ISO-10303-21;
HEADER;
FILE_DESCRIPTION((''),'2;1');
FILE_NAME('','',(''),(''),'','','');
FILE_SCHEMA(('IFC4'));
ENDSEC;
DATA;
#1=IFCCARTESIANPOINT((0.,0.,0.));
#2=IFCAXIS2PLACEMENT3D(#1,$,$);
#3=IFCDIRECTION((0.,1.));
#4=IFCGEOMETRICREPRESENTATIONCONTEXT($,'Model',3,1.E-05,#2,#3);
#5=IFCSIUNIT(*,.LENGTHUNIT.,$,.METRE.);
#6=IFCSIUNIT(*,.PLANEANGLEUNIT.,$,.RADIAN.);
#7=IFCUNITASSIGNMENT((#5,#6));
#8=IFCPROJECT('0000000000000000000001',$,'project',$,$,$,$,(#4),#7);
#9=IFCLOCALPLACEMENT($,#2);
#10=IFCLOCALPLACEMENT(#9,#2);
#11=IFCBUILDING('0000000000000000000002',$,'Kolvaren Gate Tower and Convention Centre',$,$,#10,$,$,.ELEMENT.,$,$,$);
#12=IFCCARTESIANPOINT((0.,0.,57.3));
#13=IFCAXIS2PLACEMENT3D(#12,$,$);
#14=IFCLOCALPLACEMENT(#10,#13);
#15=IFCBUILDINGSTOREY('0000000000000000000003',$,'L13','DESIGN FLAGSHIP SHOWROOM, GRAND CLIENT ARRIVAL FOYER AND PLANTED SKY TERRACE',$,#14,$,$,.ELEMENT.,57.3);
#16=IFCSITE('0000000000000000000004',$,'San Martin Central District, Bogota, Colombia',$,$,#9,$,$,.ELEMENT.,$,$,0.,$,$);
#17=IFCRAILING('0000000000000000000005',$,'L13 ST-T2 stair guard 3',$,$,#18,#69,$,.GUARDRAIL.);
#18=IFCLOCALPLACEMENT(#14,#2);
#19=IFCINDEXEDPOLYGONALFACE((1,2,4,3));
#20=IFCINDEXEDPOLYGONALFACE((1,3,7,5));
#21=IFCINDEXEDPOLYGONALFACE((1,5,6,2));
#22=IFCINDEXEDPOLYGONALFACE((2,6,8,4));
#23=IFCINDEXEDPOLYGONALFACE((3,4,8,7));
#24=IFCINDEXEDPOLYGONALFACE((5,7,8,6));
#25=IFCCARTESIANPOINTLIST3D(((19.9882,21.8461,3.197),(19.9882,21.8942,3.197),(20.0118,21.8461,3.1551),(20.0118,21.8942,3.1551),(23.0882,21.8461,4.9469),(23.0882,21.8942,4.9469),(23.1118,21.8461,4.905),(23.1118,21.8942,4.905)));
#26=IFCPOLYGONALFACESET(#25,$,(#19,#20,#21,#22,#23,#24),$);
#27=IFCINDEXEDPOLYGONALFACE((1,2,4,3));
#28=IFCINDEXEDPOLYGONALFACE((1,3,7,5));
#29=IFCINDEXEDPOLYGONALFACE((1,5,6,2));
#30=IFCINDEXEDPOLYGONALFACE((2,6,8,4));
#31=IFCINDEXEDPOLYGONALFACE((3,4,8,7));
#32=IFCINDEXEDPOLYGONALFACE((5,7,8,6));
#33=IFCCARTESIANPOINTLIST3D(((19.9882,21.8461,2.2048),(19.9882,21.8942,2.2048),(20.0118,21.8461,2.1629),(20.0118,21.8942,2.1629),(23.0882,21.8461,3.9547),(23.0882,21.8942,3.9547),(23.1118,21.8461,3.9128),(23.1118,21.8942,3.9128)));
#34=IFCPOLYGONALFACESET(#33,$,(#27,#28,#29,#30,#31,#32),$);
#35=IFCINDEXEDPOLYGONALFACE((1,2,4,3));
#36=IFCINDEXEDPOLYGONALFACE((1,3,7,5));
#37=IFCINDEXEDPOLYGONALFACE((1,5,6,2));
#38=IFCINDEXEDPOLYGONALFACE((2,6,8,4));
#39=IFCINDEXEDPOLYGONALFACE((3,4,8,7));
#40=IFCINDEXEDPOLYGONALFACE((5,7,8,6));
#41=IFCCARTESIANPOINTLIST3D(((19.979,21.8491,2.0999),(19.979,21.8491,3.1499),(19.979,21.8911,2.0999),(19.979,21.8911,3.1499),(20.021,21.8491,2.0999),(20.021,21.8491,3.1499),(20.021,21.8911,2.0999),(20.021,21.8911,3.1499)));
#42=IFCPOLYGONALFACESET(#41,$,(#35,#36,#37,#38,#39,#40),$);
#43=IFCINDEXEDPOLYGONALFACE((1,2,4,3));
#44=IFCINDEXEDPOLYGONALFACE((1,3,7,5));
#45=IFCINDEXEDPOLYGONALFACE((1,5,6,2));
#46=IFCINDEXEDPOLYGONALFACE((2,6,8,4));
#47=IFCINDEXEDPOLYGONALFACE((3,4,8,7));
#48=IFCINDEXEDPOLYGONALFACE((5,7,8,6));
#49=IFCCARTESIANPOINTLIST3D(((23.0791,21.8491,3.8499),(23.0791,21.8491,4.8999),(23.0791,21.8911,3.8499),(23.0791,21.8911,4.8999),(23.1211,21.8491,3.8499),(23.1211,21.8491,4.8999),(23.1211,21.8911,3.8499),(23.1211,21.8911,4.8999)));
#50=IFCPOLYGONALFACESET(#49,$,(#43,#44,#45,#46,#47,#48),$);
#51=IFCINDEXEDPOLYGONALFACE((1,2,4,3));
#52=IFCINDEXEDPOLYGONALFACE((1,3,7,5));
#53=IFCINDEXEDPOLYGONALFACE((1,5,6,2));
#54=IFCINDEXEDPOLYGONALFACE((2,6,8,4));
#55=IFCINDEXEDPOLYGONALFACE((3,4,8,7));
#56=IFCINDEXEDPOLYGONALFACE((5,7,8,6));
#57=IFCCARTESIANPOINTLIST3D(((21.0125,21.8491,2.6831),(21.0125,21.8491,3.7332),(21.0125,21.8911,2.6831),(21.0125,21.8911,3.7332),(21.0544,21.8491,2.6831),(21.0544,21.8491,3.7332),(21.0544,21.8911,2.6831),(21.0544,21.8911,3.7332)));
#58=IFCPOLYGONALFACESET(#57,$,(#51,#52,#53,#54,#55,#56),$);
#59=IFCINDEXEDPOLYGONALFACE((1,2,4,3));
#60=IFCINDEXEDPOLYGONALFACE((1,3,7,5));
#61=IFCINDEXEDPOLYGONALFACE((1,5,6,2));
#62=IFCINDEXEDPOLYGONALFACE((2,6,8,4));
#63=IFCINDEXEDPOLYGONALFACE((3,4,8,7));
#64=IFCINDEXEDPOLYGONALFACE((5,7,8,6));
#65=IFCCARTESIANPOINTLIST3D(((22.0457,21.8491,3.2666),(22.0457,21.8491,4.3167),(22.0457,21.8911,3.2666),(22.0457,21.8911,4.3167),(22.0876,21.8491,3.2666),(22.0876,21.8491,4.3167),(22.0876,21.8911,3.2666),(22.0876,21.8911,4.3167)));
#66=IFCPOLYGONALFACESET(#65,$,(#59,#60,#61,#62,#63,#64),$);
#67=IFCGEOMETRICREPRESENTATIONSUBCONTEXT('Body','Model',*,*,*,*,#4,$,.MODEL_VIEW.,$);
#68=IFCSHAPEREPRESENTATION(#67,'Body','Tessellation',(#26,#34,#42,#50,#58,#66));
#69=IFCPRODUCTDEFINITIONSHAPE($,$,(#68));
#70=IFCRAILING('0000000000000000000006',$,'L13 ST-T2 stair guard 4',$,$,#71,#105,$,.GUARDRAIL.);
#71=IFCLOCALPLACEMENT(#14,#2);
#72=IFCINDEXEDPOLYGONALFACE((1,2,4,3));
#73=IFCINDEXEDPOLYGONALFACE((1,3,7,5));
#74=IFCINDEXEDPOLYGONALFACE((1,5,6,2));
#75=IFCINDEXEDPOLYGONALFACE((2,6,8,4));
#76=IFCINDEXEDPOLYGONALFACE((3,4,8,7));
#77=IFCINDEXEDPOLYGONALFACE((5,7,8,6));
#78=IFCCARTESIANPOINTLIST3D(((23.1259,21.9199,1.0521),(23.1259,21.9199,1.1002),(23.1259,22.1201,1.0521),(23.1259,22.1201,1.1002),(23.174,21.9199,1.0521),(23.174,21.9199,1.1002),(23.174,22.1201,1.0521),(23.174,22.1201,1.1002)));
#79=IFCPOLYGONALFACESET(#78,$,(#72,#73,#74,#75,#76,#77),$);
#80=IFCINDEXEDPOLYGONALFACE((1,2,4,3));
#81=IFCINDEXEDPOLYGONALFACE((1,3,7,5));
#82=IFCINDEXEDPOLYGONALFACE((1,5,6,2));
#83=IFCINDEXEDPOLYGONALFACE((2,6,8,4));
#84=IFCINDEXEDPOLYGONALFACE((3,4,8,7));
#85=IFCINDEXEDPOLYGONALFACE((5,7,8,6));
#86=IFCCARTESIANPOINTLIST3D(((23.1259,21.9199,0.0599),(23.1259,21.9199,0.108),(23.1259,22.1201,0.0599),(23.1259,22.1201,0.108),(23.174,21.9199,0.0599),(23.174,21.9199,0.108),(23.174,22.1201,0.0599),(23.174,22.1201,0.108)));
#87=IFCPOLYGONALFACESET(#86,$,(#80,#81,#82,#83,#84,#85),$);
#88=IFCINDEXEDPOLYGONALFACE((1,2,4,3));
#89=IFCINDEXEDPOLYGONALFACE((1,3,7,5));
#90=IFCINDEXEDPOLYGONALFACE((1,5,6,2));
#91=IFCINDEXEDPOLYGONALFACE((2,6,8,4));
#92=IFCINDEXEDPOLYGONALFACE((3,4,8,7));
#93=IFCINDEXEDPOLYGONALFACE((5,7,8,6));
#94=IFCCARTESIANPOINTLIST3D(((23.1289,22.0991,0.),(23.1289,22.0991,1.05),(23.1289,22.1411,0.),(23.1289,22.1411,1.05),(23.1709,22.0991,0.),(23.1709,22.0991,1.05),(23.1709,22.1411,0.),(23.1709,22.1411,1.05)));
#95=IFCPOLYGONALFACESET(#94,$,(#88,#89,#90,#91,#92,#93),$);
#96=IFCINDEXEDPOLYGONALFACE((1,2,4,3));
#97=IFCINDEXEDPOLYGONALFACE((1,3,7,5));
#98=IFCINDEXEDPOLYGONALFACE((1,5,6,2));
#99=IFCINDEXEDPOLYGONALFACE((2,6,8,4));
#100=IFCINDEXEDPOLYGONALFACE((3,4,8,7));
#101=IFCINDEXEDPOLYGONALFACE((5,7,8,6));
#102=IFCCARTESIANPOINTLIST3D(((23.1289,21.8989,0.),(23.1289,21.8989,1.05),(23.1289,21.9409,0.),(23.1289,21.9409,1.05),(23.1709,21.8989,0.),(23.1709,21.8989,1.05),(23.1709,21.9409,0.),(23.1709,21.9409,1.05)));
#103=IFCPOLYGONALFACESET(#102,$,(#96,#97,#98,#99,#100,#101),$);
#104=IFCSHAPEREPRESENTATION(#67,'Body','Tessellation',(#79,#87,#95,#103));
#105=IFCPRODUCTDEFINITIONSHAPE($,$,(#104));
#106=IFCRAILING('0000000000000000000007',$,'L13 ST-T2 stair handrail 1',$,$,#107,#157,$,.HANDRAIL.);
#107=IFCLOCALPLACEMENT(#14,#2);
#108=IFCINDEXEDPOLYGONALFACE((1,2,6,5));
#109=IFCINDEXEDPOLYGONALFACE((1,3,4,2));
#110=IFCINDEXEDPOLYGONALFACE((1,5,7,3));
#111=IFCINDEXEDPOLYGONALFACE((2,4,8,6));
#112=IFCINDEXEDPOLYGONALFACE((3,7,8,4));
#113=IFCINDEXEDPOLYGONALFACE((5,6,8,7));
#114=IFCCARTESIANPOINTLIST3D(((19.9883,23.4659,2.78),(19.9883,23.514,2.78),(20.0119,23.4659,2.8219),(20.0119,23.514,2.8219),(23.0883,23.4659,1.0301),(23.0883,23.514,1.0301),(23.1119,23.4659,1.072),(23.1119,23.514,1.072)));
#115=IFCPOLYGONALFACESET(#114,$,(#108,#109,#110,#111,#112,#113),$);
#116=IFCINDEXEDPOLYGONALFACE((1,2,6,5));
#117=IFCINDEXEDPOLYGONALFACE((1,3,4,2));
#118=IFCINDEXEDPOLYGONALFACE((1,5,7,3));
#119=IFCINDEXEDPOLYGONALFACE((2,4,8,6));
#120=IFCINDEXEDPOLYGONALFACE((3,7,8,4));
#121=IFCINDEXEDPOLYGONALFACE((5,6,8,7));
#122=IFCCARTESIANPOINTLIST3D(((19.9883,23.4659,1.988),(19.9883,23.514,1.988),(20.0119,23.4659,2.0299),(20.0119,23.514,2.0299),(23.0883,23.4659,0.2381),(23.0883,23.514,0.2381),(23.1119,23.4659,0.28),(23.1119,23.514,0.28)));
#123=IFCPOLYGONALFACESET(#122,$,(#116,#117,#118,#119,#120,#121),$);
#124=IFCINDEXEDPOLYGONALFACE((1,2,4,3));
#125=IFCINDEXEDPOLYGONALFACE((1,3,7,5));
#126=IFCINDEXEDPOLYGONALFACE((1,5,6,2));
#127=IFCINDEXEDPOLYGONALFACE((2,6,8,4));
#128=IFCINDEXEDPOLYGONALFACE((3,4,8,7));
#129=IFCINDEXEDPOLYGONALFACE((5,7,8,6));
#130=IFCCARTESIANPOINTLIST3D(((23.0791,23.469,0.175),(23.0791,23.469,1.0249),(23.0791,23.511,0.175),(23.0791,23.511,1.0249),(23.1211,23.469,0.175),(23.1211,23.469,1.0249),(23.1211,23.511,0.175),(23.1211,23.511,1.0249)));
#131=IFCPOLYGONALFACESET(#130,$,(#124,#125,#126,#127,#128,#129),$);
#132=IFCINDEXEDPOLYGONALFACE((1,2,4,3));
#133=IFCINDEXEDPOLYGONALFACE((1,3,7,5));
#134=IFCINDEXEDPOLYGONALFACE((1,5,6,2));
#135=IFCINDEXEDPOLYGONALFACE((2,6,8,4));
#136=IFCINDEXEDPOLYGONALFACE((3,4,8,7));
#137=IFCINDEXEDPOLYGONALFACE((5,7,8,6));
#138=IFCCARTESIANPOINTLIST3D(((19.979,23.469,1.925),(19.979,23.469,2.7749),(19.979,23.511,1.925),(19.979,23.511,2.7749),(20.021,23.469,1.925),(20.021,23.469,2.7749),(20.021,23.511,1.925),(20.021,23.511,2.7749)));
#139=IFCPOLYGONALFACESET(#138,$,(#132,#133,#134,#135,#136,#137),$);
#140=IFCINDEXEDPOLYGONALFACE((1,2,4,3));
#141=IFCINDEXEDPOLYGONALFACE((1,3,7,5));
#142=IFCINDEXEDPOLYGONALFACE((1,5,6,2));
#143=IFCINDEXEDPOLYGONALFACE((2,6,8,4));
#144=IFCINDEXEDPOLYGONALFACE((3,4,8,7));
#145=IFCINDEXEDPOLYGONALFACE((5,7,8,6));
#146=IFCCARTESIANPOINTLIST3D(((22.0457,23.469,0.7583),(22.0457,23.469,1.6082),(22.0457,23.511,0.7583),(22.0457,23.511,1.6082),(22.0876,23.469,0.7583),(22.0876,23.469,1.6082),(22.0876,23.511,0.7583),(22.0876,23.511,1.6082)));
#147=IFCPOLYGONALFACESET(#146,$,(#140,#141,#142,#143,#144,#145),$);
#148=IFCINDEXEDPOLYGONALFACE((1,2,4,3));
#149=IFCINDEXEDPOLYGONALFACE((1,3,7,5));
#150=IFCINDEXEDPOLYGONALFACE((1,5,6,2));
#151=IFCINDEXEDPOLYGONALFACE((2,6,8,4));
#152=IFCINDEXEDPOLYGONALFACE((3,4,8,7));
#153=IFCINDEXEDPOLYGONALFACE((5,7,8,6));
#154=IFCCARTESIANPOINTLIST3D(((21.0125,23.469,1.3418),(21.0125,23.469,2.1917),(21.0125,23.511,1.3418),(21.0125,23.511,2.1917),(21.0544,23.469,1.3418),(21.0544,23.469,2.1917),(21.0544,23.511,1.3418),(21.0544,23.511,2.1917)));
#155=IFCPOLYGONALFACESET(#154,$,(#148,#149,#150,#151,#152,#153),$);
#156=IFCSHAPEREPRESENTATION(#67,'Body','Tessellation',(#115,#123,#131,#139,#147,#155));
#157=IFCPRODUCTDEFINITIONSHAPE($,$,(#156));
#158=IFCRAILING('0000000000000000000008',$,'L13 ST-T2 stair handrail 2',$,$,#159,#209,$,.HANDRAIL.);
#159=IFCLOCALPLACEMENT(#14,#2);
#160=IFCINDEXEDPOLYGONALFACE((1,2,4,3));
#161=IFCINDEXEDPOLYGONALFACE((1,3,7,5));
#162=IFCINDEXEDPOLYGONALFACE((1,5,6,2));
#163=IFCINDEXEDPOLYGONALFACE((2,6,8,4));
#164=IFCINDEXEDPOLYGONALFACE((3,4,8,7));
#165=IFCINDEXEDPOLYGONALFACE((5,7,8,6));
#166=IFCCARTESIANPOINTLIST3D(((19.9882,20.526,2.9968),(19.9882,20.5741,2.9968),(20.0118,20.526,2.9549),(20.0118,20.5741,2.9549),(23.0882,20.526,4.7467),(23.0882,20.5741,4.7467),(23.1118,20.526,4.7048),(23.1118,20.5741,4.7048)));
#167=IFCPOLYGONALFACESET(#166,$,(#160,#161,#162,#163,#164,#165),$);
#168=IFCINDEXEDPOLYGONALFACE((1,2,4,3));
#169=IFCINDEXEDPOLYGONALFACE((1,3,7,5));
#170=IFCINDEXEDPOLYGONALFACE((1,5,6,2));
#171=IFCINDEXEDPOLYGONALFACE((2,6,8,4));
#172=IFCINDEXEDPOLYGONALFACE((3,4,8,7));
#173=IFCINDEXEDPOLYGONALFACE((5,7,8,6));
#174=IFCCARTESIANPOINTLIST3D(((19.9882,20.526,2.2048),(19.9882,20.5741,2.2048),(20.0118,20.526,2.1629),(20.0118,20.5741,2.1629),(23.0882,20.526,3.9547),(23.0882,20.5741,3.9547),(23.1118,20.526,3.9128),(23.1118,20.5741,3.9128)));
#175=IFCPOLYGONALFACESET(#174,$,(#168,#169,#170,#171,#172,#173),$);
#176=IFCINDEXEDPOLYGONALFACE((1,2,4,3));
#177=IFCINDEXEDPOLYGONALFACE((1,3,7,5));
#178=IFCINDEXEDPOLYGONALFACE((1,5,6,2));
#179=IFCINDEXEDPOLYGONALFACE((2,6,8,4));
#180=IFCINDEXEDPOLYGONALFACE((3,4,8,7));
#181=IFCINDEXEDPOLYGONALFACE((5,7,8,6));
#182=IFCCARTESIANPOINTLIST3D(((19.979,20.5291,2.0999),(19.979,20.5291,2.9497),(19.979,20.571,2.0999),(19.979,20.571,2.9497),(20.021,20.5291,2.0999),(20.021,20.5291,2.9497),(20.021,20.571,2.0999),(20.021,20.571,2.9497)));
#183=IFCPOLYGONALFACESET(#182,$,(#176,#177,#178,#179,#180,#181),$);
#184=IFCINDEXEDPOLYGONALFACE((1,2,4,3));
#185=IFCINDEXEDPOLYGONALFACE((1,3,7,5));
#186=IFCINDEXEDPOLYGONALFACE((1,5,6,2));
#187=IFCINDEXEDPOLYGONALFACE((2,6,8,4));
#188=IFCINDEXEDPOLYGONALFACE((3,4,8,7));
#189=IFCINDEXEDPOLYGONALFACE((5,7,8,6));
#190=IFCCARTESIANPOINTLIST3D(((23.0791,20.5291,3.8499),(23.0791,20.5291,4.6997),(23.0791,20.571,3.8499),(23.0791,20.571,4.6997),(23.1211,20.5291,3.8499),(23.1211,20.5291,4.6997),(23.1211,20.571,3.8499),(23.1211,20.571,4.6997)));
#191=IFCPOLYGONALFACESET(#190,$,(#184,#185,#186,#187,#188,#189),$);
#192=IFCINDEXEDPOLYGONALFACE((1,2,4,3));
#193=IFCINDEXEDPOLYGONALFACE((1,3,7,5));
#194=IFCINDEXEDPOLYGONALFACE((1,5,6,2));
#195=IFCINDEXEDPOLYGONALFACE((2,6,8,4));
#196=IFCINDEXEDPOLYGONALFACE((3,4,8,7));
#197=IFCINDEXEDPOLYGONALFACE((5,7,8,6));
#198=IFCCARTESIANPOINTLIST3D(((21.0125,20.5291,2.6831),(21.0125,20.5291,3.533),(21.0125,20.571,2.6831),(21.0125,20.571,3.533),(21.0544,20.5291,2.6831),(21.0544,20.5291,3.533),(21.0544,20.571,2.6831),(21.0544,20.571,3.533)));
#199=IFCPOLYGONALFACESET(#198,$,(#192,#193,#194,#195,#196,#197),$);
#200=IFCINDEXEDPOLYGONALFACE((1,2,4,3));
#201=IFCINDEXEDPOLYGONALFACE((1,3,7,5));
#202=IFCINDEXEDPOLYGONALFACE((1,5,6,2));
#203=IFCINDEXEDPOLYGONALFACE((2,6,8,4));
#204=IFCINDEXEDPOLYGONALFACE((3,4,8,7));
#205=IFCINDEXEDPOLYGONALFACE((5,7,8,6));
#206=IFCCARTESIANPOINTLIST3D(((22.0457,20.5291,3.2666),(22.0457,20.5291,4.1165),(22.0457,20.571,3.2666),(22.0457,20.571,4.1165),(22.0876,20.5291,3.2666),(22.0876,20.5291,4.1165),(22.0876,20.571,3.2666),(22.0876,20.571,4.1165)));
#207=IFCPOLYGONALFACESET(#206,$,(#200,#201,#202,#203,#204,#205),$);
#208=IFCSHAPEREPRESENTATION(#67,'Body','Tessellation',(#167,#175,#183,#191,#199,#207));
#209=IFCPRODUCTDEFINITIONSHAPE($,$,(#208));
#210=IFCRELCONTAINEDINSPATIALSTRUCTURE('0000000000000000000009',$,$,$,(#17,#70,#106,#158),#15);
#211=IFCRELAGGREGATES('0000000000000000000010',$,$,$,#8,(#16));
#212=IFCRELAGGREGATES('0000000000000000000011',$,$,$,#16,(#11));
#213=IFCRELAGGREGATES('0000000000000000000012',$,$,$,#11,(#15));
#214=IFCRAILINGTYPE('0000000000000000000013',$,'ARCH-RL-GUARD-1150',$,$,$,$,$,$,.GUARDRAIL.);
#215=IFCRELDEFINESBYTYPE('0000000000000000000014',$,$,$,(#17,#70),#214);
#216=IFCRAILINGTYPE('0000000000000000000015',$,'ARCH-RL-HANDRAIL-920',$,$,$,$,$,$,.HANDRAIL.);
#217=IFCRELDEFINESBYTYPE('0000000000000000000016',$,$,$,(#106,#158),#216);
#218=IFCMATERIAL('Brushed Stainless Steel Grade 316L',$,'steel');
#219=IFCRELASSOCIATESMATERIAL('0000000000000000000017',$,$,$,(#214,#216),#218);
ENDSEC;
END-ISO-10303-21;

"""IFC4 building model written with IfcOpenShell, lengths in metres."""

from ifc_helpers import new_model, si_unit, direction, frame, origin, origin_2d, place, context, subcontext, project, spatial, rectangle, extrude, material, type_object, element, save


model = new_model("IFC4")

# Units and contexts
model_context = context("Model", 3, precision=1e-05, world=origin(), true_north=direction((0.0, 1.0)))
body_context = subcontext(model_context, "Body", "Model", "MODEL_VIEW")
ifc_project = project(units=[si_unit("LENGTHUNIT", "METRE"), si_unit("PLANEANGLEUNIT", "RADIAN")], contexts=[model_context])

# Site, building, storey
site_placement = place(None, origin())
site = spatial("IfcSite", under=ifc_project, at=site_placement, Name="San Martin Central District, Bogota, Colombia", CompositionType="ELEMENT", RefElevation=0.0)
building_placement = place(site_placement, origin())
building = spatial("IfcBuilding", under=site, at=building_placement, Name="Kolvaren Gate Tower and Convention Centre", CompositionType="ELEMENT")
storey_placement = place(building_placement, frame((0.0, 0.0, 57.3)))
storey = spatial("IfcBuildingStorey", under=building, at=storey_placement, Name="L13", Description="DESIGN FLAGSHIP SHOWROOM, GRAND CLIENT ARRIVAL FOYER AND PLANTED SKY TERRACE", CompositionType="ELEMENT", Elevation=57.3)

# Shared definitions
ifc_material_1 = material(Name="Brushed Stainless Steel Grade 316L", Category="steel")

# Railings
railing_type_1 = type_object("IfcRailingType", Name="ARCH-RL-GUARD-1150", PredefinedType="GUARDRAIL", material=ifc_material_1)
railing_1_placement = place(storey_placement, frame((20.0, 21.8701, 2.0999)))
element("IfcRailing", 1, at=railing_1_placement, inside=storey, type_object=railing_type_1, Name="L13 ST-T2 stair guard 3", PredefinedType="GUARDRAIL", context=body_context, shape_type="SweptSolid", body=[
    extrude(rectangle(XDim=0.0481, YDim=0.0481, at=origin_2d()), frame((0.0, 0.0, 1.0762), z_axis=(0.870831, 0.0, 0.491583), x_axis=(0.0, 1.0, 0.0)), (0.0, 0.0, 1.0), 3.5598),
    extrude(rectangle(XDim=0.0481, YDim=0.0481, at=origin_2d()), frame((0.0, 0.0, 0.084), z_axis=(0.870831, 0.0, 0.491583), x_axis=(0.0, 1.0, 0.0)), (0.0, 0.0, 1.0), 3.5598),
    extrude(rectangle(XDim=0.042, YDim=0.042, at=origin_2d()), origin(), (0.0, 0.0, 1.0), 1.05),
    extrude(rectangle(XDim=0.042, YDim=0.042, at=origin_2d()), frame((3.1001, 0.0, 1.75)), (0.0, 0.0, 1.0), 1.05),
    extrude(rectangle(XDim=0.042, YDim=0.042, at=origin_2d()), frame((1.0334, 0.0, 0.5833)), (0.0, 0.0, 1.0), 1.05),
    extrude(rectangle(XDim=0.042, YDim=0.042, at=origin_2d()), frame((2.0667, 0.0, 1.1667)), (0.0, 0.0, 1.0), 1.05),
])
railing_2_placement = place(storey_placement, frame((23.1499, 22.1201, 0.0)))
element("IfcRailing", 2, at=railing_2_placement, inside=storey, type_object=railing_type_1, Name="L13 ST-T2 stair guard 4", PredefinedType="GUARDRAIL", context=body_context, shape_type="SweptSolid", body=[
    extrude(rectangle(XDim=0.0481, YDim=0.0481, at=origin_2d()), frame((0.0, 0.0, 1.0762), z_axis=(0.0, -1.0, 0.0), x_axis=(1.0, 0.0, 0.0)), (0.0, 0.0, 1.0), 0.2002),
    extrude(rectangle(XDim=0.0481, YDim=0.0481, at=origin_2d()), frame((0.0, 0.0, 0.084), z_axis=(0.0, -1.0, 0.0), x_axis=(1.0, 0.0, 0.0)), (0.0, 0.0, 1.0), 0.2002),
    extrude(rectangle(XDim=0.042, YDim=0.042, at=origin_2d()), origin(), (0.0, 0.0, 1.0), 1.05),
    extrude(rectangle(XDim=0.042, YDim=0.042, at=origin_2d()), frame((0.0, -0.2002, 0.0)), (0.0, 0.0, 1.0), 1.05),
])
railing_type_2 = type_object("IfcRailingType", Name="ARCH-RL-HANDRAIL-920", PredefinedType="HANDRAIL", material=ifc_material_1)
railing_3_placement = place(storey_placement, frame((23.1001, 23.49, 0.175)))
element("IfcRailing", 3, at=railing_3_placement, inside=storey, type_object=railing_type_2, Name="L13 ST-T2 stair handrail 1", PredefinedType="HANDRAIL", context=body_context, shape_type="SweptSolid", body=[
    extrude(rectangle(XDim=0.0481, YDim=0.0481, at=origin_2d()), frame((0.0, 0.0, 0.876), z_axis=(-0.870831, 0.0, 0.491583), x_axis=(0.0, -1.0, 0.0)), (0.0, 0.0, 1.0), 3.5598),
    extrude(rectangle(XDim=0.0481, YDim=0.0481, at=origin_2d()), frame((0.0, 0.0, 0.084), z_axis=(-0.870831, 0.0, 0.491583), x_axis=(0.0, -1.0, 0.0)), (0.0, 0.0, 1.0), 3.5598),
    extrude(rectangle(XDim=0.042, YDim=0.042, at=origin_2d()), origin(), (0.0, 0.0, 1.0), 0.8499),
    extrude(rectangle(XDim=0.042, YDim=0.042, at=origin_2d()), frame((-3.1001, 0.0, 1.75)), (0.0, 0.0, 1.0), 0.8499),
    extrude(rectangle(XDim=0.042, YDim=0.042, at=origin_2d()), frame((-1.0334, 0.0, 0.5833)), (0.0, 0.0, 1.0), 0.8499),
    extrude(rectangle(XDim=0.042, YDim=0.042, at=origin_2d()), frame((-2.0667, 0.0, 1.1667)), (0.0, 0.0, 1.0), 0.8499),
])
railing_4_placement = place(storey_placement, frame((20.0, 20.55, 2.0999)))
element("IfcRailing", 4, at=railing_4_placement, inside=storey, type_object=railing_type_2, Name="L13 ST-T2 stair handrail 2", PredefinedType="HANDRAIL", context=body_context, shape_type="SweptSolid", body=[
    extrude(rectangle(XDim=0.0481, YDim=0.0481, at=origin_2d()), frame((0.0, 0.0, 0.876), z_axis=(0.870831, 0.0, 0.491583), x_axis=(0.0, 1.0, 0.0)), (0.0, 0.0, 1.0), 3.5598),
    extrude(rectangle(XDim=0.0481, YDim=0.0481, at=origin_2d()), frame((0.0, 0.0, 0.084), z_axis=(0.870831, 0.0, 0.491583), x_axis=(0.0, 1.0, 0.0)), (0.0, 0.0, 1.0), 3.5598),
    extrude(rectangle(XDim=0.042, YDim=0.042, at=origin_2d()), origin(), (0.0, 0.0, 1.0), 0.8499),
    extrude(rectangle(XDim=0.042, YDim=0.042, at=origin_2d()), frame((3.1001, 0.0, 1.75)), (0.0, 0.0, 1.0), 0.8499),
    extrude(rectangle(XDim=0.042, YDim=0.042, at=origin_2d()), frame((1.0334, 0.0, 0.5833)), (0.0, 0.0, 1.0), 0.8499),
    extrude(rectangle(XDim=0.042, YDim=0.042, at=origin_2d()), frame((2.0667, 0.0, 1.1667)), (0.0, 0.0, 1.0), 0.8499),
])

save(model, "model.ifc")
